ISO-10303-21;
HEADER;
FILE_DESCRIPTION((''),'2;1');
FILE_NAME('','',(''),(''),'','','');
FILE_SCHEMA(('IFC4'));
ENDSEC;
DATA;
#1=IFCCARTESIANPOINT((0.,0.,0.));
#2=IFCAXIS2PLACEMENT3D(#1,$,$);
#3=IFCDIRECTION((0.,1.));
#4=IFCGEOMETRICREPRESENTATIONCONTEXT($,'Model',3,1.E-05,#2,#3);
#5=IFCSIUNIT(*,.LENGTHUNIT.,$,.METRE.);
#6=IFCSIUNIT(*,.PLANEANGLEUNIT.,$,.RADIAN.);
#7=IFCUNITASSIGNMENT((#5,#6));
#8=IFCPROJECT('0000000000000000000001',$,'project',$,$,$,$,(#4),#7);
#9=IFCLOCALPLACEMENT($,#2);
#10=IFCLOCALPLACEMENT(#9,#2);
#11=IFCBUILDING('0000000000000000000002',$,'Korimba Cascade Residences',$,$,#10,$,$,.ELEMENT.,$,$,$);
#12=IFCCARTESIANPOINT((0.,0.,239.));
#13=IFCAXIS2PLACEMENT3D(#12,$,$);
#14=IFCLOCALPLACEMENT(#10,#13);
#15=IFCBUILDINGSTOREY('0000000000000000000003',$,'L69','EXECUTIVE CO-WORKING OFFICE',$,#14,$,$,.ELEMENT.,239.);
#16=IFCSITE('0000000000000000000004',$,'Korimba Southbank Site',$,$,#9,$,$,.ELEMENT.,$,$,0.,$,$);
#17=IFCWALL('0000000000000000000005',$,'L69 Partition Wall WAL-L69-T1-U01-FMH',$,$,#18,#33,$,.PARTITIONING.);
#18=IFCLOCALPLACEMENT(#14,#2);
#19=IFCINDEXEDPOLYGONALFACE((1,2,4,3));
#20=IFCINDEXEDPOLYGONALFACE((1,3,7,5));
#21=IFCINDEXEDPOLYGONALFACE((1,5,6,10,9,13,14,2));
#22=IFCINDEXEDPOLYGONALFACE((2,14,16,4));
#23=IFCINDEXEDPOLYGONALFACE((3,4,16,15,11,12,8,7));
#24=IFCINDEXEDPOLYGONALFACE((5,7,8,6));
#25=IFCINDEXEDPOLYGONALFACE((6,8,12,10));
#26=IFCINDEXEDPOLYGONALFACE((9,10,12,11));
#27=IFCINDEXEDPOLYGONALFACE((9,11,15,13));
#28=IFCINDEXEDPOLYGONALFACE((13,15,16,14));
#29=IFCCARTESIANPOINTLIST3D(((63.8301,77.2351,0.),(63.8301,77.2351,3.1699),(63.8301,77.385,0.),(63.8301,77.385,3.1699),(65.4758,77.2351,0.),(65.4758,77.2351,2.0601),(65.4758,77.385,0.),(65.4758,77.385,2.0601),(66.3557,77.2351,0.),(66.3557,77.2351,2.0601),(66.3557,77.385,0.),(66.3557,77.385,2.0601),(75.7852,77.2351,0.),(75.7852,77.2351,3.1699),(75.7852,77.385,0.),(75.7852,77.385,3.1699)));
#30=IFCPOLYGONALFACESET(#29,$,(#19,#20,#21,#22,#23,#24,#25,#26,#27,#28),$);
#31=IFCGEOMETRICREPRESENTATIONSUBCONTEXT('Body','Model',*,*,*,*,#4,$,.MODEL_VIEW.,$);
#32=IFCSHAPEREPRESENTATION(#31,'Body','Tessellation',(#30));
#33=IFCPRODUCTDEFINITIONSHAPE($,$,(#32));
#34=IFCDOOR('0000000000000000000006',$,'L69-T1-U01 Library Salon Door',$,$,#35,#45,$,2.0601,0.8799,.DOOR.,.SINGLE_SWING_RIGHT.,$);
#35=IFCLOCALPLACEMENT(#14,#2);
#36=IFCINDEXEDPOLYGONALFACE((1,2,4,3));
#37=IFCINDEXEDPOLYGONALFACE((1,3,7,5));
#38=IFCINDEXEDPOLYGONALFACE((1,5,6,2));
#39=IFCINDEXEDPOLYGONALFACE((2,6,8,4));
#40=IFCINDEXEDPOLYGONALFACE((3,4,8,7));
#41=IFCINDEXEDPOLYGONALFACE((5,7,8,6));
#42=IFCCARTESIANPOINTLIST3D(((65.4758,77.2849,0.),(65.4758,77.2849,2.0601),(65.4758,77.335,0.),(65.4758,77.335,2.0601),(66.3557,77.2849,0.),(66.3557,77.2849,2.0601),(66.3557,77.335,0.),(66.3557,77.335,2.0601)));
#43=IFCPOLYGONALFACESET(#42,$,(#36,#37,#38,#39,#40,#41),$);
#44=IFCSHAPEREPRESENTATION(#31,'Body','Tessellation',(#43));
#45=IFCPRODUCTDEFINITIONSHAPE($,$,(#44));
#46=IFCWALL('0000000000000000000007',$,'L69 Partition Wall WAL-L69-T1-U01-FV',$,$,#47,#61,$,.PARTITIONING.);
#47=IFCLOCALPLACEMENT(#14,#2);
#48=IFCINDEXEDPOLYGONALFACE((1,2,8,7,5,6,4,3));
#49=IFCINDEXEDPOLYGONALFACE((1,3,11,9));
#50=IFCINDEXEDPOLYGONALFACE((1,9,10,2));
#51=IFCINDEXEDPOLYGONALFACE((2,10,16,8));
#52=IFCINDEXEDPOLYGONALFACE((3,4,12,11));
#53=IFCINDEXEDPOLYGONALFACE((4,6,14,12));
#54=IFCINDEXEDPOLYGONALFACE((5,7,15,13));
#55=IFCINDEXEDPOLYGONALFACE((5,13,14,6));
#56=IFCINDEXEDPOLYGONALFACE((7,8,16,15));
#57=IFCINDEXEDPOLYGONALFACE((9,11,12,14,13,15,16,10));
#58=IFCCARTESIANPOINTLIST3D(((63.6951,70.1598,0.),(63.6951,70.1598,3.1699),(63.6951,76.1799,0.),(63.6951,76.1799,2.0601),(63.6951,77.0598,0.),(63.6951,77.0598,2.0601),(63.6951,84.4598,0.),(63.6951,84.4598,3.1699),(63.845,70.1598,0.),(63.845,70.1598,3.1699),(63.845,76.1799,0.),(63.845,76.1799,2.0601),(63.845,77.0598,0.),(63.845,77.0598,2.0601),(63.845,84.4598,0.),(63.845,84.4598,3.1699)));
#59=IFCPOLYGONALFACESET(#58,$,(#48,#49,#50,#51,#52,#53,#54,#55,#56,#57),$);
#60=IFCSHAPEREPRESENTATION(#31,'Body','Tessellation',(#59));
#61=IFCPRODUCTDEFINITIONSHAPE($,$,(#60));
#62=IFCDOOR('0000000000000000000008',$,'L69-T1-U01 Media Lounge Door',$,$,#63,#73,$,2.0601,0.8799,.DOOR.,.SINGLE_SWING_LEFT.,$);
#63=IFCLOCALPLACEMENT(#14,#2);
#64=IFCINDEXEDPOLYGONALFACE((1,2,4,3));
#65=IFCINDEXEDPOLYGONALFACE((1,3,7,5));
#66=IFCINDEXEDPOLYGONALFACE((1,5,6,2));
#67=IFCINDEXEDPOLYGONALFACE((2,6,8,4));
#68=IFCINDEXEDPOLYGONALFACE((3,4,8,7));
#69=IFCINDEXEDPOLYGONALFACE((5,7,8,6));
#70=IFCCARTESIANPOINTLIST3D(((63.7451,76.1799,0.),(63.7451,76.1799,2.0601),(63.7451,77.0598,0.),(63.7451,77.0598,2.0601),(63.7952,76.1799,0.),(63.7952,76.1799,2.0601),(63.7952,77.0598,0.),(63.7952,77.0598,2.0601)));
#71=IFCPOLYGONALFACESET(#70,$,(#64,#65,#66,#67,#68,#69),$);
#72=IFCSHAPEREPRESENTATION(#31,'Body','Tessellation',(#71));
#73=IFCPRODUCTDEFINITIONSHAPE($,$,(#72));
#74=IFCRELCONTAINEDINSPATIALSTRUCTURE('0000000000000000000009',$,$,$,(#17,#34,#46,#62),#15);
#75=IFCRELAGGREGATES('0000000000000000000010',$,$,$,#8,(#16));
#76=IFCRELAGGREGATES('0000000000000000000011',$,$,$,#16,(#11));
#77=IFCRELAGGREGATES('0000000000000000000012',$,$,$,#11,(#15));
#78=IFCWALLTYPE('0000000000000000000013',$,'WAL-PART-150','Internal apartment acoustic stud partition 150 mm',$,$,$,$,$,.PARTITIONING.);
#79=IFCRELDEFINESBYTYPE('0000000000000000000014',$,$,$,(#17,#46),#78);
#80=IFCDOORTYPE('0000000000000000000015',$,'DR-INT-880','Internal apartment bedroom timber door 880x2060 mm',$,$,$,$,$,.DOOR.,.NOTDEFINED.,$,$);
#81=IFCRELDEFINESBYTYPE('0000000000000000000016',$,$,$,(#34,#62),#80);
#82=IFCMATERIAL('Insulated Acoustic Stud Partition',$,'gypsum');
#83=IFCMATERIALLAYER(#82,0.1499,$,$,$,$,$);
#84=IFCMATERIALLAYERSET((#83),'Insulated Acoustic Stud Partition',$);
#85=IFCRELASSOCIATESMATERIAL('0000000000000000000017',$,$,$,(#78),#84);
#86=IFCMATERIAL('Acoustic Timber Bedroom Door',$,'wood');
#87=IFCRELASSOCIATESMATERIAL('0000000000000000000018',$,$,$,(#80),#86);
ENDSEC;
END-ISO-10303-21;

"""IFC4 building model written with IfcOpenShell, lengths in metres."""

from ifc_helpers import new_model, si_unit, direction, frame, frame_2d, origin, place, context, subcontext, project, spatial, rectangle, extrude, material, layer, layer_set, type_object, element, fill, save


model = new_model("IFC4")

# Units and contexts
model_context = context("Model", 3, precision=1e-05, world=origin(), true_north=direction((0.0, 1.0)))
body_context = subcontext(model_context, "Body", "Model", "MODEL_VIEW")
ifc_project = project(units=[si_unit("LENGTHUNIT", "METRE"), si_unit("PLANEANGLEUNIT", "RADIAN")], contexts=[model_context])

# Site, building, storey
site_placement = place(None, origin())
site = spatial("IfcSite", under=ifc_project, at=site_placement, Name="Korimba Southbank Site", CompositionType="ELEMENT", RefElevation=0.0)
building_placement = place(site_placement, origin())
building = spatial("IfcBuilding", under=site, at=building_placement, Name="Korimba Cascade Residences", CompositionType="ELEMENT")
storey_placement = place(building_placement, frame((0.0, 0.0, 239.0)))
storey = spatial("IfcBuildingStorey", under=building, at=storey_placement, Name="L69", Description="EXECUTIVE CO-WORKING OFFICE", CompositionType="ELEMENT", Elevation=239.0)

# Shared definitions
ifc_material_1 = material(Name="Insulated Acoustic Stud Partition", Category="gypsum")
ifc_layer_1 = layer(ifc_material_1, 0.1499)
ifc_layer_set_1 = layer_set([ifc_layer_1], Name="Insulated Acoustic Stud Partition")
wall_type_1 = type_object("IfcWallType", Name="WAL-PART-150", Description="Internal apartment acoustic stud partition 150 mm", PredefinedType="PARTITIONING", material=ifc_layer_set_1)
ifc_material_2 = material(Name="Acoustic Timber Bedroom Door", Category="wood")
door_type_1 = type_object("IfcDoorType", Name="DR-INT-880", Description="Internal apartment bedroom timber door 880x2060 mm", OperationType="NOTDEFINED", PredefinedType="DOOR", material=ifc_material_2)

# Walls, openings, doors
wall_1_placement = place(storey_placement, frame((63.8301, 77.3101, 0.0), z_axis=(0.0, 0.0, 1.0), x_axis=(1.0, 0.0, 0.0)))
wall_1 = element("IfcWall", 1, at=wall_1_placement, inside=storey, type_object=wall_type_1, Name="L69 Partition Wall WAL-L69-T1-U01-FMH", PredefinedType="PARTITIONING", context=body_context, shape_type="SweptSolid", body=[
    extrude(rectangle(XDim=11.9551, YDim=0.1499, at=frame_2d((5.9775, 0.0))), origin(), (0.0, 0.0, 1.0), 3.1699),
])
opening_1_placement = place(wall_1_placement, frame((1.6458, 0.0, 0.0)))
opening_1 = element("IfcOpeningElement", 2, at=opening_1_placement, cuts=wall_1, PredefinedType="OPENING", context=body_context, shape_type="SweptSolid", body=[
    extrude(rectangle(XDim=0.8799, YDim=2.0601, at=frame_2d((0.4399, 1.03))), frame((0.0, 0.085, 0.0), z_axis=(0.0, -1.0, 0.0), x_axis=(1.0, 0.0, 0.0)), (0.0, 0.0, 1.0), 0.1699),
])
door_1_placement = place(opening_1_placement, origin())
door_1 = element("IfcDoor", 3, at=door_1_placement, inside=storey, type_object=door_type_1, Name="L69-T1-U01 Library Salon Door", OperationType="SINGLE_SWING_RIGHT", OverallHeight=2.0601, OverallWidth=0.8799, PredefinedType="DOOR", context=body_context, shape_type="SweptSolid", body=[
    extrude(rectangle(XDim=0.8799, YDim=2.0601, at=frame_2d((0.4399, 1.03))), frame((0.0, 0.0249, 0.0), z_axis=(0.0, -1.0, 0.0), x_axis=(1.0, 0.0, 0.0)), (0.0, 0.0, 1.0), 0.05),
])
fill(opening_1, door_1)
wall_2_placement = place(storey_placement, frame((63.77, 70.1599, 0.0), z_axis=(0.0, 0.0, 1.0), x_axis=(0.0, 1.0, 0.0)))
wall_2 = element("IfcWall", 4, at=wall_2_placement, inside=storey, type_object=wall_type_1, Name="L69 Partition Wall WAL-L69-T1-U01-FV", PredefinedType="PARTITIONING", context=body_context, shape_type="SweptSolid", body=[
    extrude(rectangle(XDim=14.3, YDim=0.1499, at=frame_2d((7.1499, 0.0))), origin(), (0.0, 0.0, 1.0), 3.1699),
])
opening_2_placement = place(wall_2_placement, frame((6.02, 0.0, 0.0)))
opening_2 = element("IfcOpeningElement", 5, at=opening_2_placement, cuts=wall_2, PredefinedType="OPENING", context=body_context, shape_type="SweptSolid", body=[
    extrude(rectangle(XDim=0.8799, YDim=2.0601, at=frame_2d((0.4399, 1.03))), frame((0.0, 0.085, 0.0), z_axis=(0.0, -1.0, 0.0), x_axis=(1.0, 0.0, 0.0)), (0.0, 0.0, 1.0), 0.1699),
])
door_2_placement = place(opening_2_placement, origin())
door_2 = element("IfcDoor", 6, at=door_2_placement, inside=storey, type_object=door_type_1, Name="L69-T1-U01 Media Lounge Door", OperationType="SINGLE_SWING_LEFT", OverallHeight=2.0601, OverallWidth=0.8799, PredefinedType="DOOR", context=body_context, shape_type="SweptSolid", body=[
    extrude(rectangle(XDim=0.8799, YDim=2.0601, at=frame_2d((0.4399, 1.03))), frame((0.0, 0.0249, 0.0), z_axis=(0.0, -1.0, 0.0), x_axis=(1.0, 0.0, 0.0)), (0.0, 0.0, 1.0), 0.05),
])
fill(opening_2, door_2)

save(model, "model.ifc")
